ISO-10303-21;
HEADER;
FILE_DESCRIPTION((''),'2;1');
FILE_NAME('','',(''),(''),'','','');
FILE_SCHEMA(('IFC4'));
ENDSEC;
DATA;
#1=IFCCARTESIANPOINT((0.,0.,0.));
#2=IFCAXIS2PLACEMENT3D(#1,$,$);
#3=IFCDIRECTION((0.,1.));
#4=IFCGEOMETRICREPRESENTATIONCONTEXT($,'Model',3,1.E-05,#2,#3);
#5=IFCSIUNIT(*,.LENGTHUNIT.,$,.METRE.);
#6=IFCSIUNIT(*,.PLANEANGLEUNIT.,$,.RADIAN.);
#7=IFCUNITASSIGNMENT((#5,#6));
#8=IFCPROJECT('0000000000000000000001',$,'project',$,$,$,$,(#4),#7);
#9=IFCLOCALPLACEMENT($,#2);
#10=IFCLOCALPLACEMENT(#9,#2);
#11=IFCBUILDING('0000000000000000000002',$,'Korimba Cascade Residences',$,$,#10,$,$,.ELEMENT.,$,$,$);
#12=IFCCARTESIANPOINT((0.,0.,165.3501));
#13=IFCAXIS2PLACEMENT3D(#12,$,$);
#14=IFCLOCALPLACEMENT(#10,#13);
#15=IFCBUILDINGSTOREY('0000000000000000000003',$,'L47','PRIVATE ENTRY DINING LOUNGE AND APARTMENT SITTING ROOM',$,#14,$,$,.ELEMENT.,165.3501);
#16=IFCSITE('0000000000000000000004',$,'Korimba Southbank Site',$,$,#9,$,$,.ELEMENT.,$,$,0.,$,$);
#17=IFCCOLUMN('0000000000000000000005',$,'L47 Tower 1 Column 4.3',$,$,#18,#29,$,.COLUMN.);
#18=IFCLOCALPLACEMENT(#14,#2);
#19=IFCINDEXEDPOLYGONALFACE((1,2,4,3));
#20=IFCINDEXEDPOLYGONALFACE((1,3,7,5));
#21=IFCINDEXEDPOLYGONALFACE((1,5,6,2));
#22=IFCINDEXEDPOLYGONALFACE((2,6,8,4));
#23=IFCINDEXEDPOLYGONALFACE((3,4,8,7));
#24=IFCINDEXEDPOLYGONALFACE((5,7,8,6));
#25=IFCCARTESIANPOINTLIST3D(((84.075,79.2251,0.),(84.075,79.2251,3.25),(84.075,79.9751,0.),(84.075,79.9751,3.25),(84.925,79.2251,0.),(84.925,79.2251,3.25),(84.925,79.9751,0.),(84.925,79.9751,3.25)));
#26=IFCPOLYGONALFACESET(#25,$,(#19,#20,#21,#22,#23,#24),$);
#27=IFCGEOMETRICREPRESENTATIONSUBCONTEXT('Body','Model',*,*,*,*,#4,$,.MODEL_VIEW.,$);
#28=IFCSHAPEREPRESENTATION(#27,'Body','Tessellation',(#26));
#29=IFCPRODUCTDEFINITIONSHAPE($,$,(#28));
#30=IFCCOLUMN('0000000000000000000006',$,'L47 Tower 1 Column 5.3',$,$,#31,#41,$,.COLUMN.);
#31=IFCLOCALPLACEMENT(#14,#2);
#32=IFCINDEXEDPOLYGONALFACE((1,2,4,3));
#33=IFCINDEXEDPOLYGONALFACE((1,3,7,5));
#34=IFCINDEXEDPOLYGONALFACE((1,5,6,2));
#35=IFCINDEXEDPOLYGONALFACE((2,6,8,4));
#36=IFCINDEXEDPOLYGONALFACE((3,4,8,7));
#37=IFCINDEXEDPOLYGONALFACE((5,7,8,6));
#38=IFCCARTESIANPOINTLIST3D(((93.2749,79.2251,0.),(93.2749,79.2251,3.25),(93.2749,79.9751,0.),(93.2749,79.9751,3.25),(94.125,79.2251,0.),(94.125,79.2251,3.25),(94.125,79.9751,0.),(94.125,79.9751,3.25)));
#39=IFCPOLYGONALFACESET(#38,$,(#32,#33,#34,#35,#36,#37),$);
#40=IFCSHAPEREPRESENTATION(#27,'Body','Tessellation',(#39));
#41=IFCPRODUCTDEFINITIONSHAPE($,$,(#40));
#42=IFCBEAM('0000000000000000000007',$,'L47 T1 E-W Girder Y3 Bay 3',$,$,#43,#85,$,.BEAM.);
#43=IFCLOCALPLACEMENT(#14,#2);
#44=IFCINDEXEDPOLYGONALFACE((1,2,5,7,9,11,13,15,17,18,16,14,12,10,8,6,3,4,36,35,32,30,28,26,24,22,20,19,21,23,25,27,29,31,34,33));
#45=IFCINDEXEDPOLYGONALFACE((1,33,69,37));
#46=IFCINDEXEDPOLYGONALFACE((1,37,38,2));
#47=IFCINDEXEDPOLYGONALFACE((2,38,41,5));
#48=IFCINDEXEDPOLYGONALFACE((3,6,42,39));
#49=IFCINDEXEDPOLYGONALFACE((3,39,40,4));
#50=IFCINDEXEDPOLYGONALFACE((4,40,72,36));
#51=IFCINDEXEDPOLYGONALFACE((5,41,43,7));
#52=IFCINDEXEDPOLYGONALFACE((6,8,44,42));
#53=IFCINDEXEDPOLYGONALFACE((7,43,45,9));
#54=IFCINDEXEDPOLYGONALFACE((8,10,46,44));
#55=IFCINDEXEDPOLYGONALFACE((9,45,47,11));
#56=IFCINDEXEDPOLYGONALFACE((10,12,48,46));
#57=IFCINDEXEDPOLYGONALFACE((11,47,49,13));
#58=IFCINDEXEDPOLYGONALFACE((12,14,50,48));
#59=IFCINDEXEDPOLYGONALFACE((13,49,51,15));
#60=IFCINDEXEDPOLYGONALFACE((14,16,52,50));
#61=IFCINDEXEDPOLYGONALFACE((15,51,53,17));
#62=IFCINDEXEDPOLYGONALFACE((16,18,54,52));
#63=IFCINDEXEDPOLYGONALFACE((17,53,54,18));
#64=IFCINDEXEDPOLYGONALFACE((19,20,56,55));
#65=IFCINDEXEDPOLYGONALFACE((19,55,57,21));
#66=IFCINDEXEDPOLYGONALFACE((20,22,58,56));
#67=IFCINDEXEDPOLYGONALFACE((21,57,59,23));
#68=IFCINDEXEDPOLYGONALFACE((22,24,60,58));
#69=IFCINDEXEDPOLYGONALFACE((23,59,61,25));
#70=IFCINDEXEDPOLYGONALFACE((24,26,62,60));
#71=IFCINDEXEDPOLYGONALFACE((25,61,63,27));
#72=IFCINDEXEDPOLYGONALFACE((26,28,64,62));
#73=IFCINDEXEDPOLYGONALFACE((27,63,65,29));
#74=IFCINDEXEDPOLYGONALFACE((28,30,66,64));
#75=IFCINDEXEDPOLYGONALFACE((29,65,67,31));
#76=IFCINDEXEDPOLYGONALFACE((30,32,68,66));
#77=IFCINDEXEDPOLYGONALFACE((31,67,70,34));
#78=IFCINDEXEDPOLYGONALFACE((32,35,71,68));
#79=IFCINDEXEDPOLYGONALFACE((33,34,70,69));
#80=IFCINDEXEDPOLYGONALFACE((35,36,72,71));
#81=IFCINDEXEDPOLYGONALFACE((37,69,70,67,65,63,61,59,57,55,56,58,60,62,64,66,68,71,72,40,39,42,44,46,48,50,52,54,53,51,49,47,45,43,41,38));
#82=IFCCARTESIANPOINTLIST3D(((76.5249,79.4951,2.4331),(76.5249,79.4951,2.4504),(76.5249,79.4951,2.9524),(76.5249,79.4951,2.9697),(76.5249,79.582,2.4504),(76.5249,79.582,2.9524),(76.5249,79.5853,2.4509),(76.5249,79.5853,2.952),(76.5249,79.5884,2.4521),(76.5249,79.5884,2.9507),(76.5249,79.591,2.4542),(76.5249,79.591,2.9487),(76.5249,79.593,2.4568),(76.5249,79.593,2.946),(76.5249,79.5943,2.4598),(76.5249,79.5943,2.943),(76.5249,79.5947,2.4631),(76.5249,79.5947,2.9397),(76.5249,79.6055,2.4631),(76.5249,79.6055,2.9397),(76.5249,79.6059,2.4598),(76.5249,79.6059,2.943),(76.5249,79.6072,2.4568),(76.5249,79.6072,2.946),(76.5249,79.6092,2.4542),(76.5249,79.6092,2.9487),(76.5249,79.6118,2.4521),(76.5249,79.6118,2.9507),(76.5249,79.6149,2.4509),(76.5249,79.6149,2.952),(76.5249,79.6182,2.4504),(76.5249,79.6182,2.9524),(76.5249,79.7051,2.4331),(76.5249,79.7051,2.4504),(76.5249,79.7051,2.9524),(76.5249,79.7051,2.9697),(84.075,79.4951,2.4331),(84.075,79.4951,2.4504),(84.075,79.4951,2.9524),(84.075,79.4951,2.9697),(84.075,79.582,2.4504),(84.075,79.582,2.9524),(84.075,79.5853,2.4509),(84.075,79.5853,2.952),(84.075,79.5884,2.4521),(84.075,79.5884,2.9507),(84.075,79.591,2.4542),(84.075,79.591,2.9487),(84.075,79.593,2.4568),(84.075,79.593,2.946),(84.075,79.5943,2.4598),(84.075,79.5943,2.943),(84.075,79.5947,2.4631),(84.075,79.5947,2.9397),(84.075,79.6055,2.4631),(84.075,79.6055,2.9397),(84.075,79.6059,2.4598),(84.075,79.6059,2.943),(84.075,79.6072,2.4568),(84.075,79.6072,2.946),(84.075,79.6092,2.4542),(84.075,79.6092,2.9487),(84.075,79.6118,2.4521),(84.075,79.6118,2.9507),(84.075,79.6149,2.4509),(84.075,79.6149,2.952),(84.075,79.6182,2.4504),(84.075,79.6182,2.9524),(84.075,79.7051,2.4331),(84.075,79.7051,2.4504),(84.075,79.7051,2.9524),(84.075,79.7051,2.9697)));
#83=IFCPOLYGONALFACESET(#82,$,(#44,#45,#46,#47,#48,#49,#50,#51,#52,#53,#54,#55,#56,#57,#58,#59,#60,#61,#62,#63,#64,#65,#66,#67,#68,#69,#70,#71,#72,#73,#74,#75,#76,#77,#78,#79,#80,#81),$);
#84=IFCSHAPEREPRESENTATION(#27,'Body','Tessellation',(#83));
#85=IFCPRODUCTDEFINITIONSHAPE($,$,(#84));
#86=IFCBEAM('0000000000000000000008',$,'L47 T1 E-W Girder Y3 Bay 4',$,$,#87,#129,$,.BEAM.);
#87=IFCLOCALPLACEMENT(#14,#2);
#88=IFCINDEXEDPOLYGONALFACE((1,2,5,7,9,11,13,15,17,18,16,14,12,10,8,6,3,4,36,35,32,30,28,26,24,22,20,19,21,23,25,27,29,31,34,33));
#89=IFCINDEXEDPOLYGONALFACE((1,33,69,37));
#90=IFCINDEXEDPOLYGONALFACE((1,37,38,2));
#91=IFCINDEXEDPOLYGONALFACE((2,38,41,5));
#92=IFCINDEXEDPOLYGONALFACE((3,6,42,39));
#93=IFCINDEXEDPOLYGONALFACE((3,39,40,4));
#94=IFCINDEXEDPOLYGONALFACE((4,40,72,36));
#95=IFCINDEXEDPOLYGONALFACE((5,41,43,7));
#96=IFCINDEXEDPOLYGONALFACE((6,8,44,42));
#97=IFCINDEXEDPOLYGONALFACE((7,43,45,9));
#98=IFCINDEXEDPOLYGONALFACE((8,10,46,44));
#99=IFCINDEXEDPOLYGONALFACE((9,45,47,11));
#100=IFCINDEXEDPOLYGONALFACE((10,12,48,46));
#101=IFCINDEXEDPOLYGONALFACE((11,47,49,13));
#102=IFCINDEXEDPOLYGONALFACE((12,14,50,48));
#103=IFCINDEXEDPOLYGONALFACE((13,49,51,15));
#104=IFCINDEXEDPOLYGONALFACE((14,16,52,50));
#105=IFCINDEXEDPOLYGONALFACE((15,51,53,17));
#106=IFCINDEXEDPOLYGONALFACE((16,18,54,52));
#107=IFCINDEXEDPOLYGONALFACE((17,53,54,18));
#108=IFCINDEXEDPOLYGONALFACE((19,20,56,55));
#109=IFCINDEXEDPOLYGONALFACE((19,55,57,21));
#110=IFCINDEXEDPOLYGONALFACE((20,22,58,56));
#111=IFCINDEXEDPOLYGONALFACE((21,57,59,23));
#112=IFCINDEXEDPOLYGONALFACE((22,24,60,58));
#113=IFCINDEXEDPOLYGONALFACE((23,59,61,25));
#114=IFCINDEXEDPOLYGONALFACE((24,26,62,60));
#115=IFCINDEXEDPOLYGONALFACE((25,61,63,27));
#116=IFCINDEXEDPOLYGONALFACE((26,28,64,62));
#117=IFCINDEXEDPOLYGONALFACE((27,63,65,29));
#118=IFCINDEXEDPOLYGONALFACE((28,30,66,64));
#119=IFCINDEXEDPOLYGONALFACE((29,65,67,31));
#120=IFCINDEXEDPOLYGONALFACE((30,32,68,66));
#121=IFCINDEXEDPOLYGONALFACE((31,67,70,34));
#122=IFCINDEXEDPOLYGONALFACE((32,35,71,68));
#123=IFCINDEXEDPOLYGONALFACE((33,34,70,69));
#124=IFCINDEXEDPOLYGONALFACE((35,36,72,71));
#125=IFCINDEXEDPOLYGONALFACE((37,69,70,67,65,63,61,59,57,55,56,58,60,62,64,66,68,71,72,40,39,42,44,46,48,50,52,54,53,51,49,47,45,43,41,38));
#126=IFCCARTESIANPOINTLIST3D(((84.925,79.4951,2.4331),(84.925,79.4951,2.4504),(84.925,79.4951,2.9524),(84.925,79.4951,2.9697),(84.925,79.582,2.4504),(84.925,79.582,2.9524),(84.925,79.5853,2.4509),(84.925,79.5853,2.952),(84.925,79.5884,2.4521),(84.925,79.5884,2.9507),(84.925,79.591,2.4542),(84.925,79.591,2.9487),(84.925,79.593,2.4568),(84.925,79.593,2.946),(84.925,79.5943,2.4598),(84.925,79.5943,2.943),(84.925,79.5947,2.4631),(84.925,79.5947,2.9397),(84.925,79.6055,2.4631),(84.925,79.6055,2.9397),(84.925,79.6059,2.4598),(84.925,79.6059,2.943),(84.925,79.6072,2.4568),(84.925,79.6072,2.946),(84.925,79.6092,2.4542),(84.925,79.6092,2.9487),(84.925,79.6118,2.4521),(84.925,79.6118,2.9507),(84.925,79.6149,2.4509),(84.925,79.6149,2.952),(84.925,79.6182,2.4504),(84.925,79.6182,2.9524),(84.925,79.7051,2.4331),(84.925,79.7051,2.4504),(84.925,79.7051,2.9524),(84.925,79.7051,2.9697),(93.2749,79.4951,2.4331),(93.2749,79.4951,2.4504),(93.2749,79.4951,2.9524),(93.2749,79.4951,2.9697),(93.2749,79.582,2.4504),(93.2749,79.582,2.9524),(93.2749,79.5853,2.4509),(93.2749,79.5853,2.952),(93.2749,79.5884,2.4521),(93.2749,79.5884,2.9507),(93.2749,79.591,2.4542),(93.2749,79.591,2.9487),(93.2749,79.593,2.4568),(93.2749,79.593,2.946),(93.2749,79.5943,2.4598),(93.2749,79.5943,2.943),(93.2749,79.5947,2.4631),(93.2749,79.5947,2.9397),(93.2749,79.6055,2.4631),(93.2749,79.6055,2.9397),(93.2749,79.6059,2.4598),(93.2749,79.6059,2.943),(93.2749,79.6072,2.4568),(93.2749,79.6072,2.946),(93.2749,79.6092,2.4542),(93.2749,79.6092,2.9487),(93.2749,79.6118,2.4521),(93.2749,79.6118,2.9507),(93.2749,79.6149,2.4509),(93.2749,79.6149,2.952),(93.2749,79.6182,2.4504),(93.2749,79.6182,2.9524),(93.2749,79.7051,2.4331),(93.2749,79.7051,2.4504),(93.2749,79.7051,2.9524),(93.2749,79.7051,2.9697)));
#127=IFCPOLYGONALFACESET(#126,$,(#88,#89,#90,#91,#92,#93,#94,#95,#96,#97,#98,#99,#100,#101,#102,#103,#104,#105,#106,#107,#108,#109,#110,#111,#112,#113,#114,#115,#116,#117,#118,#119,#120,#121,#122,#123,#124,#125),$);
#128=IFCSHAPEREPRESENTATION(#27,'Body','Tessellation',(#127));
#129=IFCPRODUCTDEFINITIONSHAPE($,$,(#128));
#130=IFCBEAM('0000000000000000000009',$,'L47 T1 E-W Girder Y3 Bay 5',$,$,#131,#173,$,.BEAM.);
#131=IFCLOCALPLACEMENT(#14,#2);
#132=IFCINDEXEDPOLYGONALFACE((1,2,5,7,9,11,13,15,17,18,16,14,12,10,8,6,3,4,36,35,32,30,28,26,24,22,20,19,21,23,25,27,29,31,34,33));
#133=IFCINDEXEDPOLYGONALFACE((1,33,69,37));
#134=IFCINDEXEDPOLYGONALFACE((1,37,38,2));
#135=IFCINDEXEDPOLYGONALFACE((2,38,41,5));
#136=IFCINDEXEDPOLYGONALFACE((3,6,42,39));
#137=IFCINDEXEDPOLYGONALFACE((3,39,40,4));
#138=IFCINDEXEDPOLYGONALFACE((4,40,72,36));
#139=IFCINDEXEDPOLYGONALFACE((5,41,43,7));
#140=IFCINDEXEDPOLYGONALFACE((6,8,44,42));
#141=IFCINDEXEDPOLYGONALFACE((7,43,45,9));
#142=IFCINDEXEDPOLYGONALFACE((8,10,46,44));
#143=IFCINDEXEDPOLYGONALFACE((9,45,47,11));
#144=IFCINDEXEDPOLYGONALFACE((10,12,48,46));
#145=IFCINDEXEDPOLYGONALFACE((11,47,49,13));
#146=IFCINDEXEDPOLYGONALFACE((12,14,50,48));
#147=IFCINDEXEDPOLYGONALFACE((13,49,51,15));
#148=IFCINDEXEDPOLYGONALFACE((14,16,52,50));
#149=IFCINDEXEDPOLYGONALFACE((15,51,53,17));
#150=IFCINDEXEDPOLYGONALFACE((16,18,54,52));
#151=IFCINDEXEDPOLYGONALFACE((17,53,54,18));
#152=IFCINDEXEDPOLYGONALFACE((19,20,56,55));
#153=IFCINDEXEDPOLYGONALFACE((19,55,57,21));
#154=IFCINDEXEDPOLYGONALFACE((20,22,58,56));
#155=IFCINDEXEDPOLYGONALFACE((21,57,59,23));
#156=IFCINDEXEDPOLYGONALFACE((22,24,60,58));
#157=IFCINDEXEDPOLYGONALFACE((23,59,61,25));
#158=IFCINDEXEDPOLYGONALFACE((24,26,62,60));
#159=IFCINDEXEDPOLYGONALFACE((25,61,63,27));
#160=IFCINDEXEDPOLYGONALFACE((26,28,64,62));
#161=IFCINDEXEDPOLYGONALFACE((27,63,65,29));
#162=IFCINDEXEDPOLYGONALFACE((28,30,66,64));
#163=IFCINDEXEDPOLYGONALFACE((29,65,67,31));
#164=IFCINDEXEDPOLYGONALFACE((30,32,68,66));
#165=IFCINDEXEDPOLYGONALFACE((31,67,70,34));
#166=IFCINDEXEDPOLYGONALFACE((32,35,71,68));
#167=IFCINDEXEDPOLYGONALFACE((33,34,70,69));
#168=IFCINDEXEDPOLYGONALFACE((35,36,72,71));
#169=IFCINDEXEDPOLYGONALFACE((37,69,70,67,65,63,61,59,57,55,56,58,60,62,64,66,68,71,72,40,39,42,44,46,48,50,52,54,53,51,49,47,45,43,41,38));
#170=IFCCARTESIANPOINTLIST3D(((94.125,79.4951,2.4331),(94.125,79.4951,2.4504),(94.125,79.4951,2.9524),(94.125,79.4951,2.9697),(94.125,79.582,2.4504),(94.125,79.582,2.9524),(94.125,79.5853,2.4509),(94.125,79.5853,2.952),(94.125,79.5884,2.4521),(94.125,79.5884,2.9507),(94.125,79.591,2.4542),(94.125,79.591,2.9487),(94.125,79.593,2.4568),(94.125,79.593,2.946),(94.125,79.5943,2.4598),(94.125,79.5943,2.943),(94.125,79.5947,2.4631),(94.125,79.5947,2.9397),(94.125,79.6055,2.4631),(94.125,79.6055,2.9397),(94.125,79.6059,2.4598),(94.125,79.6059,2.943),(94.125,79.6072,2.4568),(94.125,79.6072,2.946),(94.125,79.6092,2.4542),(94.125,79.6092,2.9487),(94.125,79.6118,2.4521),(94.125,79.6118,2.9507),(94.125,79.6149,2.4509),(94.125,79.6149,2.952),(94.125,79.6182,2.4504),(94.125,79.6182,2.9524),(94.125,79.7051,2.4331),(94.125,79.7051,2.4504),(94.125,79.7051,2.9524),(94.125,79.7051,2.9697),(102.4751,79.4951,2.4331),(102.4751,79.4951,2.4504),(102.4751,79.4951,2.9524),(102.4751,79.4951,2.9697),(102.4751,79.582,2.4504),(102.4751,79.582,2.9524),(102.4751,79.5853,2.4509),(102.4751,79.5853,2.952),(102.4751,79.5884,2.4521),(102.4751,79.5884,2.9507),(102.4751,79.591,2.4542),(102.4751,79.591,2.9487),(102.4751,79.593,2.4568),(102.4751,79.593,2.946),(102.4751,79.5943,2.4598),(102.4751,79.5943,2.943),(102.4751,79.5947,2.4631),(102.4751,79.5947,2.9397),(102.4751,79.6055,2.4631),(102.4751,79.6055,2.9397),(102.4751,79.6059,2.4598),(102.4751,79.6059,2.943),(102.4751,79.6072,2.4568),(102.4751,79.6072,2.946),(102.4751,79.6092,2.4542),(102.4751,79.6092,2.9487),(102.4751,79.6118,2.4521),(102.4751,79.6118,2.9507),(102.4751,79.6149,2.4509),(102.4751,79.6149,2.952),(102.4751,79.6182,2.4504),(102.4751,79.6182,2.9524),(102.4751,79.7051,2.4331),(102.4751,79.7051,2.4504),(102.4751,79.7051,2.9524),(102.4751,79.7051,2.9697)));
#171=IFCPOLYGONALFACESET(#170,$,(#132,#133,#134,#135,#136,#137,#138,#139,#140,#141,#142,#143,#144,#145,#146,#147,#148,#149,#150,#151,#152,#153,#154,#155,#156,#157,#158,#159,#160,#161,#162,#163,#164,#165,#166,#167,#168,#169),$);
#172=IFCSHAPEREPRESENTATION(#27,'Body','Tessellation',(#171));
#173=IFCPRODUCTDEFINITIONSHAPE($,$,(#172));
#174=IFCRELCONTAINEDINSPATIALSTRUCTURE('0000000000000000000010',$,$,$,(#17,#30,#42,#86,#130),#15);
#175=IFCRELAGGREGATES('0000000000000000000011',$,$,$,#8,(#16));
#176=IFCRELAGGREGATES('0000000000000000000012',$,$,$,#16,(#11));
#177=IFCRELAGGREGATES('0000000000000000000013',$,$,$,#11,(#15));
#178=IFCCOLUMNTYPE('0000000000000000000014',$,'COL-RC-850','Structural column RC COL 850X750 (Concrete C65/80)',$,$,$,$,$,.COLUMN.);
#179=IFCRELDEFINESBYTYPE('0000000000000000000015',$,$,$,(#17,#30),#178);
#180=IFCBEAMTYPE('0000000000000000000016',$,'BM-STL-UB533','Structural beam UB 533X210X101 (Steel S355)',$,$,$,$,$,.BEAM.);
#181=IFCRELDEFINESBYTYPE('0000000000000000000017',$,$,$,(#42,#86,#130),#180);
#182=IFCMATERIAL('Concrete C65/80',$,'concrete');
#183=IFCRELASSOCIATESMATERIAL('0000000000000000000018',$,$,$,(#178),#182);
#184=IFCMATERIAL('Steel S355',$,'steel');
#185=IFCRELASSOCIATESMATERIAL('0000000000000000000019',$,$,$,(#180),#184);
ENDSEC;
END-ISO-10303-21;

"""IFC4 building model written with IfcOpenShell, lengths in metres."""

from ifc_helpers import new_model, si_unit, direction, frame, origin, origin_2d, place, context, subcontext, project, spatial, rectangle, i_section, extrude, material, material_profile, profile_set, type_object, element, save


model = new_model("IFC4")

# Units and contexts
model_context = context("Model", 3, precision=1e-05, world=origin(), true_north=direction((0.0, 1.0)))
body_context = subcontext(model_context, "Body", "Model", "MODEL_VIEW")
ifc_project = project(units=[si_unit("LENGTHUNIT", "METRE"), si_unit("PLANEANGLEUNIT", "RADIAN")], contexts=[model_context])

# Site, building, storey
site_placement = place(None, origin())
site = spatial("IfcSite", under=ifc_project, at=site_placement, Name="Korimba Southbank Site", CompositionType="ELEMENT", RefElevation=0.0)
building_placement = place(site_placement, origin())
building = spatial("IfcBuilding", under=site, at=building_placement, Name="Korimba Cascade Residences", CompositionType="ELEMENT")
storey_placement = place(building_placement, frame((0.0, 0.0, 165.3501)))
storey = spatial("IfcBuildingStorey", under=building, at=storey_placement, Name="L47", Description="PRIVATE ENTRY DINING LOUNGE AND APARTMENT SITTING ROOM", CompositionType="ELEMENT", Elevation=165.3501)

# Columns
ifc_material_1 = material(Name="Concrete C65/80", Category="concrete")
ifc_material_profile_1 = material_profile(ifc_material_1, rectangle(XDim=0.8501, YDim=0.75, at=origin_2d()), Name="Concrete C65/80")
ifc_profile_set_1 = profile_set([ifc_material_profile_1], Name="Concrete C65/80")
column_type = type_object("IfcColumnType", Name="COL-RC-850", Description="Structural column RC COL 850X750 (Concrete C65/80)", PredefinedType="COLUMN", material=ifc_profile_set_1)
for number, where, z_axis, x_axis, name in (
    (1, (84.5, 79.6001, 0.0), (0.0, 0.0, 1.0), (1.0, 0.0, 0.0), "L47 Tower 1 Column 4.3"),
    (2, (93.7, 79.6001, 0.0), (0.0, 0.0, 1.0), (1.0, 0.0, 0.0), "L47 Tower 1 Column 5.3"),
):
    element("IfcColumn", number, at=place(storey_placement, frame(where, z_axis=z_axis, x_axis=x_axis)), inside=storey, type_object=column_type, Name=name, PredefinedType="COLUMN", context=body_context, shape_type="SweptSolid", body=[
        extrude(rectangle(XDim=0.8501, YDim=0.75, at=origin_2d()), origin(), (0.0, 0.0, 1.0), 3.25),
    ])

# Beams
ifc_material_2 = material(Name="Steel S355", Category="steel")
ifc_material_profile_2 = material_profile(ifc_material_2, i_section(OverallWidth=0.21, OverallDepth=0.5366, WebThickness=0.0107, FlangeThickness=0.0173, FilletRadius=0.0127, at=origin_2d()), Name="Steel S355")
ifc_profile_set_2 = profile_set([ifc_material_profile_2], Name="Steel S355")
beam_type_1 = type_object("IfcBeamType", Name="BM-STL-UB533", Description="Structural beam UB 533X210X101 (Steel S355)", PredefinedType="BEAM", material=ifc_profile_set_2)
beam_1_placement = place(storey_placement, frame((76.5249, 79.6001, 2.7014), z_axis=(1.0, 0.0, 0.0), x_axis=(0.0, 1.0, 0.0)))
element("IfcBeam", 3, at=beam_1_placement, inside=storey, type_object=beam_type_1, Name="L47 T1 E-W Girder Y3 Bay 3", PredefinedType="BEAM", context=body_context, shape_type="SweptSolid", body=[
    extrude(i_section(OverallWidth=0.21, OverallDepth=0.5366, WebThickness=0.0107, FlangeThickness=0.0173, FilletRadius=0.0127, at=origin_2d()), origin(), (0.0, 0.0, 1.0), 7.55),
])
beam_2_placement = place(storey_placement, frame((84.925, 79.6001, 2.7014), z_axis=(1.0, 0.0, 0.0), x_axis=(0.0, 1.0, 0.0)))
element("IfcBeam", 4, at=beam_2_placement, inside=storey, type_object=beam_type_1, Name="L47 T1 E-W Girder Y3 Bay 4", PredefinedType="BEAM", context=body_context, shape_type="SweptSolid", body=[
    extrude(i_section(OverallWidth=0.21, OverallDepth=0.5366, WebThickness=0.0107, FlangeThickness=0.0173, FilletRadius=0.0127, at=origin_2d()), origin(), (0.0, 0.0, 1.0), 8.3499),
])
beam_3_placement = place(storey_placement, frame((94.125, 79.6001, 2.7014), z_axis=(1.0, 0.0, 0.0), x_axis=(0.0, 1.0, 0.0)))
element("IfcBeam", 5, at=beam_3_placement, inside=storey, type_object=beam_type_1, Name="L47 T1 E-W Girder Y3 Bay 5", PredefinedType="BEAM", context=body_context, shape_type="SweptSolid", body=[
    extrude(i_section(OverallWidth=0.21, OverallDepth=0.5366, WebThickness=0.0107, FlangeThickness=0.0173, FilletRadius=0.0127, at=origin_2d()), origin(), (0.0, 0.0, 1.0), 8.3501),
])

save(model, "model.ifc")
